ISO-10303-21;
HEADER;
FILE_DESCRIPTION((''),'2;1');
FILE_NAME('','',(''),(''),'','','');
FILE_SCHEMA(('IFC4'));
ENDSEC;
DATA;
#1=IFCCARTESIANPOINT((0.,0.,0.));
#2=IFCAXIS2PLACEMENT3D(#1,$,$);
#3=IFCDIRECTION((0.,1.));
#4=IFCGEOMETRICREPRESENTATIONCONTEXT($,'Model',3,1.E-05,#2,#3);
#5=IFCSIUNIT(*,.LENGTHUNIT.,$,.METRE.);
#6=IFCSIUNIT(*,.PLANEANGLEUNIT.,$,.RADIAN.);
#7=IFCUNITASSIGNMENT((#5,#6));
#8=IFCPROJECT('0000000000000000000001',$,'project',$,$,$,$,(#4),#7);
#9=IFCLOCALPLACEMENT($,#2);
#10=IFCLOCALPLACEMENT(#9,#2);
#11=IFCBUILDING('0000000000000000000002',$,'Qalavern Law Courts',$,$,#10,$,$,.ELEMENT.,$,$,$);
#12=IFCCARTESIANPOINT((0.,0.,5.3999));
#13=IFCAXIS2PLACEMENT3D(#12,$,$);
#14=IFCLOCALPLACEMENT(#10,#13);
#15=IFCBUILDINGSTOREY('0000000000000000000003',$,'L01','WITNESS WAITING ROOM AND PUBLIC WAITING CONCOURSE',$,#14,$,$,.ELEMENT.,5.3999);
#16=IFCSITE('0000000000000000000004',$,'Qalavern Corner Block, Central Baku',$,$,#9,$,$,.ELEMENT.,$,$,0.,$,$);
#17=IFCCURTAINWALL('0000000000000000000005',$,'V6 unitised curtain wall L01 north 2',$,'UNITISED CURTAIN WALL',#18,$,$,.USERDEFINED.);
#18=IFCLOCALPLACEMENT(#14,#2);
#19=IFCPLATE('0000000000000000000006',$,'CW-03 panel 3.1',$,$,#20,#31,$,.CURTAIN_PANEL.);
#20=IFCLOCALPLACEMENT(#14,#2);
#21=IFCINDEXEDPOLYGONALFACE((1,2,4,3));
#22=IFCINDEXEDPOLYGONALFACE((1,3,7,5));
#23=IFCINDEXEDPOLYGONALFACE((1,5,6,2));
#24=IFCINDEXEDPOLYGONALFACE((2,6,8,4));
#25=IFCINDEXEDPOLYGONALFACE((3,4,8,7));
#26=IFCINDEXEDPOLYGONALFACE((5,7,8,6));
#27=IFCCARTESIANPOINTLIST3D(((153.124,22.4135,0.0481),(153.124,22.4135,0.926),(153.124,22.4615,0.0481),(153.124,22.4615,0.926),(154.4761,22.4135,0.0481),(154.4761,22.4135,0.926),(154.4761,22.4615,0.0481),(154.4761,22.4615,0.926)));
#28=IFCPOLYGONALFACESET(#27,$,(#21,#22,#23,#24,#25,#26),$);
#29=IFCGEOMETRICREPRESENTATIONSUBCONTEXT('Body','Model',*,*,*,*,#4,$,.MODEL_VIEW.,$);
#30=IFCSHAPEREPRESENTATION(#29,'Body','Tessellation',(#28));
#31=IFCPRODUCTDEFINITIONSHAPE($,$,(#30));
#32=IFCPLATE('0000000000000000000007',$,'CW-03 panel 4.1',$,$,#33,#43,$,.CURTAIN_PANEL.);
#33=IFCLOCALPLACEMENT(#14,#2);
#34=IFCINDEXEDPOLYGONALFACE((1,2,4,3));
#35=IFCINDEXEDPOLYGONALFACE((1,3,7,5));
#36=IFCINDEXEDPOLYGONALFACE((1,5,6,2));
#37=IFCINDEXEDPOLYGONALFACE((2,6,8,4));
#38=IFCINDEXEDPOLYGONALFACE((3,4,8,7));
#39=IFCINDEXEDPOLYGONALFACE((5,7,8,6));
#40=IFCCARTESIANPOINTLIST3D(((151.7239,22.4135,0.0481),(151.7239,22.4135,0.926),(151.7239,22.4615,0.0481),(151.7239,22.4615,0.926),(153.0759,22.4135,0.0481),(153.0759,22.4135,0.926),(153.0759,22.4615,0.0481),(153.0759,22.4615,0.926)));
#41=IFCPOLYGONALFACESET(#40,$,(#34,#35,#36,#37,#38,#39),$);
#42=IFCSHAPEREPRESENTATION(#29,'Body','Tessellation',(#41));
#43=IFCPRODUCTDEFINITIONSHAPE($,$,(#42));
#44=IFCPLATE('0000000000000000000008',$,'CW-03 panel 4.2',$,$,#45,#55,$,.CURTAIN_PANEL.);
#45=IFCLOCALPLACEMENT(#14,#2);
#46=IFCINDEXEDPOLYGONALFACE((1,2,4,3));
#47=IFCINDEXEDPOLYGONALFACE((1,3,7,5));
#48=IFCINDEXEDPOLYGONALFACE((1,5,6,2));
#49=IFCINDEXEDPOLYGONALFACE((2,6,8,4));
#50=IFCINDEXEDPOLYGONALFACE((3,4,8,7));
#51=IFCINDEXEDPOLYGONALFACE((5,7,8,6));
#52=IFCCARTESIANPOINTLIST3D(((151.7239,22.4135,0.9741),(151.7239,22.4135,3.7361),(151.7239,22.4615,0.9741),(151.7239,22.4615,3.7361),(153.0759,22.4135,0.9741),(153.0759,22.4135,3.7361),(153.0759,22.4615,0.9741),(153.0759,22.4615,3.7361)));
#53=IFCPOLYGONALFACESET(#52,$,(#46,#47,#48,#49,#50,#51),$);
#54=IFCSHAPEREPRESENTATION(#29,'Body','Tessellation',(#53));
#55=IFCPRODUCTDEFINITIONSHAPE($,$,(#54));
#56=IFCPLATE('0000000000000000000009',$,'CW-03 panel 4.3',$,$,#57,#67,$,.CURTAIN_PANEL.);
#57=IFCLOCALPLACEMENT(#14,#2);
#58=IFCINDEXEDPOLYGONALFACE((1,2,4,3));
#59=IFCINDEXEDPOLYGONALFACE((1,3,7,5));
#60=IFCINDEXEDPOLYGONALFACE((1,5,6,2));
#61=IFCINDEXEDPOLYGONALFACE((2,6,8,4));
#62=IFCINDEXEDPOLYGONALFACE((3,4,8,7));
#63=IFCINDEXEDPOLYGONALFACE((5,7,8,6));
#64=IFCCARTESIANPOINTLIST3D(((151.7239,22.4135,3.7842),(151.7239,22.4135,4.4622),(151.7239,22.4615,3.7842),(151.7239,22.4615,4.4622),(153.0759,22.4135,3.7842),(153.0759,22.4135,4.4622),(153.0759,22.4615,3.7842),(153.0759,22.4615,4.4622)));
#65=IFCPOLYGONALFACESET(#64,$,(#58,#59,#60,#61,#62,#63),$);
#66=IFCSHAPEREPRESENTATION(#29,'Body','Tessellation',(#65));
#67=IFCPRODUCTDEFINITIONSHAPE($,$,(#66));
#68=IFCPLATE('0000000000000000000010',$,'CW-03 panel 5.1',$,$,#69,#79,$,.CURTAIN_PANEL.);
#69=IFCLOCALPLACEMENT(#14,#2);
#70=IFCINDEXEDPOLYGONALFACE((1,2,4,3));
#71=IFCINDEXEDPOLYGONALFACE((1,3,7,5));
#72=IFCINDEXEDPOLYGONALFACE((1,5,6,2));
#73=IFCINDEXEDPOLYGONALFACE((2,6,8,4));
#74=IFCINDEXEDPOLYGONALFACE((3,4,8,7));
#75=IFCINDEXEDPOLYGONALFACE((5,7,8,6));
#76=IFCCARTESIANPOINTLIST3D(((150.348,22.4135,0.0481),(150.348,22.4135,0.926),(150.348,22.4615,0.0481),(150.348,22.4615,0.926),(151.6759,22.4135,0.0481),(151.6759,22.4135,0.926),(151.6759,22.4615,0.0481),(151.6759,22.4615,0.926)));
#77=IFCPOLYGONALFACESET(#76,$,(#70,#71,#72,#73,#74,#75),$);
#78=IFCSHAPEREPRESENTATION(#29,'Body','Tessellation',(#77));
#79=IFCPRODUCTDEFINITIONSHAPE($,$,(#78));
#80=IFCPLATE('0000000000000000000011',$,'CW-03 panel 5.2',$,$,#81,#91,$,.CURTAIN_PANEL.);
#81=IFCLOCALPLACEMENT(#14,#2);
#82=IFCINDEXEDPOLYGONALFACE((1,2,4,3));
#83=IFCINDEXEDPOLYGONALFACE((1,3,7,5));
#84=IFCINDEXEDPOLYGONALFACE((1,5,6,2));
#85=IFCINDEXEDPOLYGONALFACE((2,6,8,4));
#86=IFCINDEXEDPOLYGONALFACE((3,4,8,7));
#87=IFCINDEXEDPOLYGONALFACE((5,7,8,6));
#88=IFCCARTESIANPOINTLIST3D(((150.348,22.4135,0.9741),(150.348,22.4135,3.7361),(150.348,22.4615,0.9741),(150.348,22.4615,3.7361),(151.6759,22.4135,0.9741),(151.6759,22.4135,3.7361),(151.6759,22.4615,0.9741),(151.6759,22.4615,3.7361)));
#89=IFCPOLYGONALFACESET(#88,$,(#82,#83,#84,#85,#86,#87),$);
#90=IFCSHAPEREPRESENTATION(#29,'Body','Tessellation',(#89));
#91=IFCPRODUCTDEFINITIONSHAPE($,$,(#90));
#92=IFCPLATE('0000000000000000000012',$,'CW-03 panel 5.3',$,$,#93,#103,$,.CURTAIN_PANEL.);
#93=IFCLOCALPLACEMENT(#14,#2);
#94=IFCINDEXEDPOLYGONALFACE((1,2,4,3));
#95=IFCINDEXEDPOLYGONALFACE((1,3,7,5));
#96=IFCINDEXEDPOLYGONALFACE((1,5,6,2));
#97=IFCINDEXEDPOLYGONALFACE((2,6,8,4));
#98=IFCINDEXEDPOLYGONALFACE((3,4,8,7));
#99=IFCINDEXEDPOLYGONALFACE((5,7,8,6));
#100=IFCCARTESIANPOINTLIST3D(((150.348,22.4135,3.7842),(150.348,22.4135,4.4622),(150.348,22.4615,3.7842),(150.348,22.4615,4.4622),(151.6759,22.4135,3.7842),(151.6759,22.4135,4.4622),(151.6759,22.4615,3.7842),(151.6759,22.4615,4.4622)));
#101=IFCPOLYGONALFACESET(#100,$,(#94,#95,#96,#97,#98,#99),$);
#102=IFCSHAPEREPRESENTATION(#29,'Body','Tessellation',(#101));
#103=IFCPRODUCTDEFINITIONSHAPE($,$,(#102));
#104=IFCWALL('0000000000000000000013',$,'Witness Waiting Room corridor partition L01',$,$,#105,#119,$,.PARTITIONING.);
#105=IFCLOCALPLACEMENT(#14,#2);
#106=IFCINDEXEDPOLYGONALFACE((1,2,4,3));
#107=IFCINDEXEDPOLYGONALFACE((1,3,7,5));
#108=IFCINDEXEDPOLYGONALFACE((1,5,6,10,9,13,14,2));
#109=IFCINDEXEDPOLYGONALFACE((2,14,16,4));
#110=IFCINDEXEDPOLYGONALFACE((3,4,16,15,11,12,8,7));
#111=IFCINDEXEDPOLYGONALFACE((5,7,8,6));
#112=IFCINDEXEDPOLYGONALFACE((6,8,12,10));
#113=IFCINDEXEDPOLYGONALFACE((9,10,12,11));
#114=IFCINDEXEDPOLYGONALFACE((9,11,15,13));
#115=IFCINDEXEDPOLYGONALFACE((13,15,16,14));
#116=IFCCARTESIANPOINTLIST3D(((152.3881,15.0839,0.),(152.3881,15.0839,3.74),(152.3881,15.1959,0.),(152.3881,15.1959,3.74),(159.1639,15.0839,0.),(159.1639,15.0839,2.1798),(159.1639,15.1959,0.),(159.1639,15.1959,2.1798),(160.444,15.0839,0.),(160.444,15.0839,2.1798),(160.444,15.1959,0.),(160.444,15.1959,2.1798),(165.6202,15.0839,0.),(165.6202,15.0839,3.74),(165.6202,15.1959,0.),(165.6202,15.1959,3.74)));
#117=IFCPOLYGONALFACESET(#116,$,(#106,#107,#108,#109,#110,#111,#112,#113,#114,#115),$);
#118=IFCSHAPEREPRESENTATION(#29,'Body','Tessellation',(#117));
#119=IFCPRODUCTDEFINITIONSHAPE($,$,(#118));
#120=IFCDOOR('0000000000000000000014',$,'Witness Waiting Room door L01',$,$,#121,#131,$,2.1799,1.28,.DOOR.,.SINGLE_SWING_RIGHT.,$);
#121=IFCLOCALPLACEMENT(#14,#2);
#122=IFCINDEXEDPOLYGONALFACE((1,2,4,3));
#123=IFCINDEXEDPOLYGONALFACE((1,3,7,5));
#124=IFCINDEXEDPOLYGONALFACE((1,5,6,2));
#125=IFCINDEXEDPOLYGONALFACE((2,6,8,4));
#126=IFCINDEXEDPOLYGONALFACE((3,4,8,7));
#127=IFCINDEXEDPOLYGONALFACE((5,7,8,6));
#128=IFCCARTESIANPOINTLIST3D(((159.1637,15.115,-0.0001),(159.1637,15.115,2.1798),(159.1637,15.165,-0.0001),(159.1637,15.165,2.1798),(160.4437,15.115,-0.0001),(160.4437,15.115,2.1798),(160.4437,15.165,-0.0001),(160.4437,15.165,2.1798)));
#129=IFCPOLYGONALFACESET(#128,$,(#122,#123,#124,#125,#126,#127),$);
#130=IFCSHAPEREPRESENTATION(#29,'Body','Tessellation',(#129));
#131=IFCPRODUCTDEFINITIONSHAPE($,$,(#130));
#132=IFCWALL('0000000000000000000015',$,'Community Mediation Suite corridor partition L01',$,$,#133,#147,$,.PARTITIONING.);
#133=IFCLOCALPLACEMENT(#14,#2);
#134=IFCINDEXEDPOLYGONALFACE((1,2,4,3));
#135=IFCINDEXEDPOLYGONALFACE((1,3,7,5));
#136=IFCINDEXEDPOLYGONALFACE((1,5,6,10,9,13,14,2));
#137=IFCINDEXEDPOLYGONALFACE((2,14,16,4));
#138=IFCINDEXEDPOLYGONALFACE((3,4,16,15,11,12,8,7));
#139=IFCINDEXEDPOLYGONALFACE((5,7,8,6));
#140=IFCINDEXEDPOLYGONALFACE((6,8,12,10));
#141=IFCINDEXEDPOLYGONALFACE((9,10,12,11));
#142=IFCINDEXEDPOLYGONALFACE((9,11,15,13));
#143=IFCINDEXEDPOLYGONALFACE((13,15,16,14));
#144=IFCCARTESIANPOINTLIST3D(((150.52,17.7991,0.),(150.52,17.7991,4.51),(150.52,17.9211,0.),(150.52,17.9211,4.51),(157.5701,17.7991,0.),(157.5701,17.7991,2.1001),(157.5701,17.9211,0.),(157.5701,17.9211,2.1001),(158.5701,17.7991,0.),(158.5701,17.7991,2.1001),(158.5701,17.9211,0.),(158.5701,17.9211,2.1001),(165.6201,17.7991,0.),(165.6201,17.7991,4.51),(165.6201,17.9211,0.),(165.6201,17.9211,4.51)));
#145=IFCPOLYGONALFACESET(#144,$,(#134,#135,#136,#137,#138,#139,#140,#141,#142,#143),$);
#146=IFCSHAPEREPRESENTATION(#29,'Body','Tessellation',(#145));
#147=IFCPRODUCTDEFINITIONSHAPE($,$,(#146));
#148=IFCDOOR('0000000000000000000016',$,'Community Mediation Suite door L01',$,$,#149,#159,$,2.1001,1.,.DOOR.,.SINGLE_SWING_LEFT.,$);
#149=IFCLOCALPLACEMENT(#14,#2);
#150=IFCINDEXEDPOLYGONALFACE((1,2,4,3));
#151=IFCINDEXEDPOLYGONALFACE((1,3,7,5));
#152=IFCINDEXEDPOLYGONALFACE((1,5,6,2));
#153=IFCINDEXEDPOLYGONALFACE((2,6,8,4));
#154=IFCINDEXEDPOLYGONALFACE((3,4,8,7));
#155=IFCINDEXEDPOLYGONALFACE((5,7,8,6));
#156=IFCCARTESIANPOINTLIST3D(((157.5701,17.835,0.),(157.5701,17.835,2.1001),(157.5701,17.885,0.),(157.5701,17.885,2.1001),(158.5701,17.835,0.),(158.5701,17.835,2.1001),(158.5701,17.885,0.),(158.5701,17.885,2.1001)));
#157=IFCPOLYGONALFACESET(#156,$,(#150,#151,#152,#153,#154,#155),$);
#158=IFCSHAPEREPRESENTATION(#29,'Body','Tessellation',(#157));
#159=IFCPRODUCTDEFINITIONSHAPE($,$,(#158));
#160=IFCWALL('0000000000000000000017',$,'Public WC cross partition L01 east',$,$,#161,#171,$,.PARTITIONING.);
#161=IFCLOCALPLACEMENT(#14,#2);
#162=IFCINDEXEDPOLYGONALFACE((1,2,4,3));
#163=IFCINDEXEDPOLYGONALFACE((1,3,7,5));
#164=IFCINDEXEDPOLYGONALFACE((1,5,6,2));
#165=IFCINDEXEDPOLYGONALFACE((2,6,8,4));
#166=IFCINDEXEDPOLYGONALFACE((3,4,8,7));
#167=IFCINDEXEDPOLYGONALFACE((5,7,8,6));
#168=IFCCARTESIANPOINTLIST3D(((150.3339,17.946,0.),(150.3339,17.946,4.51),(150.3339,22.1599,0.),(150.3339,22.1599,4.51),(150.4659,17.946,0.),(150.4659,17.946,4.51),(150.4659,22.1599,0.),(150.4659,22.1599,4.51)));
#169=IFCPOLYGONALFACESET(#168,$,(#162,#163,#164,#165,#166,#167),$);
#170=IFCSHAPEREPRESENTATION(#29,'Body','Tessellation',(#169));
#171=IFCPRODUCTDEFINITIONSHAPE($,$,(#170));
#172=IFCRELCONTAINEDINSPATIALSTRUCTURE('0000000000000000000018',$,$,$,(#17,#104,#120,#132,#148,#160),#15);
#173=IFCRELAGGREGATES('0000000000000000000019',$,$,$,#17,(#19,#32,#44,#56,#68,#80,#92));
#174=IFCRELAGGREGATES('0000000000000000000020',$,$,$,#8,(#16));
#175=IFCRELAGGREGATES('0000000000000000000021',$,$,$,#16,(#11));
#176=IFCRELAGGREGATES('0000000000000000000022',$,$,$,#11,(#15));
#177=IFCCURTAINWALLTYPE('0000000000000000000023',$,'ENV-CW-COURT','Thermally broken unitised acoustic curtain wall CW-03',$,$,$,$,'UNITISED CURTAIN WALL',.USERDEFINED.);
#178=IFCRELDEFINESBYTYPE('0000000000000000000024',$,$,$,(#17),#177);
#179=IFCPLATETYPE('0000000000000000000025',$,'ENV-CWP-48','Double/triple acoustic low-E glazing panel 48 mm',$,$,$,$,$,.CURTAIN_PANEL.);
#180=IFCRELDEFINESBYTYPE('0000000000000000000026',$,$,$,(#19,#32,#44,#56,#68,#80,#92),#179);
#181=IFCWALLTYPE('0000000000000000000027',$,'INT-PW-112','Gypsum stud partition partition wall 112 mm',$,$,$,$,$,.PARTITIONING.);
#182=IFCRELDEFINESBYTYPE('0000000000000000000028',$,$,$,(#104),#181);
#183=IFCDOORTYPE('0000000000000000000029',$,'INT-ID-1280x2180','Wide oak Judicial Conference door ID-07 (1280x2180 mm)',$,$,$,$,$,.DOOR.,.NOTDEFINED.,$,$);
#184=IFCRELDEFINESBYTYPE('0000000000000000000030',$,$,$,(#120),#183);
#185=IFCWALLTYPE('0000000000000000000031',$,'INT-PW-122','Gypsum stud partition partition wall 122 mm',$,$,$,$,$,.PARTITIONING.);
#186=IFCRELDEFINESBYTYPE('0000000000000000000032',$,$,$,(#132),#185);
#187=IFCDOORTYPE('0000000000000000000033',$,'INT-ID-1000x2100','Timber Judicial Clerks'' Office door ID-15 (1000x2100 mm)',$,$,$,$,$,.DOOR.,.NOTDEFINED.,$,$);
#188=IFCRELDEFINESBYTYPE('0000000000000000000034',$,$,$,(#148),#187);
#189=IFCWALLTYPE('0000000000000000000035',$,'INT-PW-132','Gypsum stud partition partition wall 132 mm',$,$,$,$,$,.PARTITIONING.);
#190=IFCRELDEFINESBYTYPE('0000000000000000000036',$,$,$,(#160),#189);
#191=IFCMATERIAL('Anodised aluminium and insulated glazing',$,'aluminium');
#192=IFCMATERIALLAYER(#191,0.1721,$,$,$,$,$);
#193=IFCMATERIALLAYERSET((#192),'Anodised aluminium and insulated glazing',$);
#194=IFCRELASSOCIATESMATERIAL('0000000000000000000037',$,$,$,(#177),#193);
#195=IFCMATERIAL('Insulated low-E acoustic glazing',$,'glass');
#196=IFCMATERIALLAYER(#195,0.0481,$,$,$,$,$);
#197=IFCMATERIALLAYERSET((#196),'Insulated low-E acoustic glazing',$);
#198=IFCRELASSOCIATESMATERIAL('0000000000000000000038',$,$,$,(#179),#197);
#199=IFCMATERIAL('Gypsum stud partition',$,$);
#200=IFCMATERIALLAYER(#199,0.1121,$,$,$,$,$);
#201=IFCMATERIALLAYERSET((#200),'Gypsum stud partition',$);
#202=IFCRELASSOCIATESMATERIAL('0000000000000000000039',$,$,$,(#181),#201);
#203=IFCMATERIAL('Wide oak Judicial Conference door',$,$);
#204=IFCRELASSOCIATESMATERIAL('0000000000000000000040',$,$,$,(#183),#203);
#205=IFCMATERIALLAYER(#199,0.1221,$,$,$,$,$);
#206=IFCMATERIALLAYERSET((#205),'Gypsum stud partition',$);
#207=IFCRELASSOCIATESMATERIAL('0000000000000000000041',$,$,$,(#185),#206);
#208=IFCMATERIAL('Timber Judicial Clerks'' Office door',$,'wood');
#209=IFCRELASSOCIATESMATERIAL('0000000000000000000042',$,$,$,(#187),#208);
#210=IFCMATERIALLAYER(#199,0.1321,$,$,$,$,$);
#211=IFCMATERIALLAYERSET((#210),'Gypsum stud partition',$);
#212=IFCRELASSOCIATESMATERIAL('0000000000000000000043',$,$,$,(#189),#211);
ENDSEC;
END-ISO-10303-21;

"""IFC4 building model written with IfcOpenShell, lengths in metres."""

from ifc_helpers import new_model, si_unit, direction, frame, frame_2d, origin, origin_2d, place, context, subcontext, project, spatial, rectangle, extrude, material, layer, layer_set, type_object, element, fill, aggregate, save


model = new_model("IFC4")

# Units and contexts
model_context = context("Model", 3, precision=1e-05, world=origin(), true_north=direction((0.0, 1.0)))
body_context = subcontext(model_context, "Body", "Model", "MODEL_VIEW")
ifc_project = project(units=[si_unit("LENGTHUNIT", "METRE"), si_unit("PLANEANGLEUNIT", "RADIAN")], contexts=[model_context])

# Site, building, storey
site_placement = place(None, origin())
site = spatial("IfcSite", under=ifc_project, at=site_placement, Name="Qalavern Corner Block, Central Baku", CompositionType="ELEMENT", RefElevation=0.0)
building_placement = place(site_placement, origin())
building = spatial("IfcBuilding", under=site, at=building_placement, Name="Qalavern Law Courts", CompositionType="ELEMENT")
storey_placement = place(building_placement, frame((0.0, 0.0, 5.3999)))
storey = spatial("IfcBuildingStorey", under=building, at=storey_placement, Name="L01", Description="WITNESS WAITING ROOM AND PUBLIC WAITING CONCOURSE", CompositionType="ELEMENT", Elevation=5.3999)

# Curtain wall, plates
ifc_material_1 = material(Name="Anodised aluminium and insulated glazing", Category="aluminium")
ifc_layer_1 = layer(ifc_material_1, 0.1721)
ifc_layer_set_1 = layer_set([ifc_layer_1], Name="Anodised aluminium and insulated glazing")
curtain_wall_type = type_object("IfcCurtainWallType", Name="ENV-CW-COURT", Description="Thermally broken unitised acoustic curtain wall CW-03", ElementType="UNITISED CURTAIN WALL", PredefinedType="USERDEFINED", material=ifc_layer_set_1)
curtain_wall_placement = place(storey_placement, origin())
curtain_wall = element("IfcCurtainWall", 1, at=curtain_wall_placement, inside=storey, type_object=curtain_wall_type, Name="V6 unitised curtain wall L01 north 2", ObjectType="UNITISED CURTAIN WALL", PredefinedType="USERDEFINED")
ifc_material_2 = material(Name="Insulated low-E acoustic glazing", Category="glass")
ifc_layer_2 = layer(ifc_material_2, 0.0481)
ifc_layer_set_2 = layer_set([ifc_layer_2], Name="Insulated low-E acoustic glazing")
plate_type = type_object("IfcPlateType", Name="ENV-CWP-48", Description="Double/triple acoustic low-E glazing panel 48 mm", PredefinedType="CURTAIN_PANEL", material=ifc_layer_set_2)
plate_1_placement = place(storey_placement, frame((153.8, 22.4375, 0.0481), z_axis=(0.0, 0.0, 1.0), x_axis=(-1.0, 0.0, 0.0)))
plate_1 = element("IfcPlate", 2, at=plate_1_placement, type_object=plate_type, Name="CW-03 panel 3.1", PredefinedType="CURTAIN_PANEL", context=body_context, shape_type="SweptSolid", body=[
    extrude(rectangle(XDim=1.3521, YDim=0.0481, at=origin_2d()), origin(), (0.0, 0.0, 1.0), 0.8779),
])
plate_2_placement = place(storey_placement, frame((152.3999, 22.4375, 0.0481), z_axis=(0.0, 0.0, 1.0), x_axis=(-1.0, 0.0, 0.0)))
plate_2 = element("IfcPlate", 3, at=plate_2_placement, type_object=plate_type, Name="CW-03 panel 4.1", PredefinedType="CURTAIN_PANEL", context=body_context, shape_type="SweptSolid", body=[
    extrude(rectangle(XDim=1.3521, YDim=0.0481, at=origin_2d()), origin(), (0.0, 0.0, 1.0), 0.8779),
])
plate_3_placement = place(storey_placement, frame((152.3999, 22.4375, 0.9741), z_axis=(0.0, 0.0, 1.0), x_axis=(-1.0, 0.0, 0.0)))
plate_3 = element("IfcPlate", 4, at=plate_3_placement, type_object=plate_type, Name="CW-03 panel 4.2", PredefinedType="CURTAIN_PANEL", context=body_context, shape_type="SweptSolid", body=[
    extrude(rectangle(XDim=1.3521, YDim=0.0481, at=origin_2d()), origin(), (0.0, 0.0, 1.0), 2.762),
])
plate_4_placement = place(storey_placement, frame((152.3999, 22.4375, 3.7842), z_axis=(0.0, 0.0, 1.0), x_axis=(-1.0, 0.0, 0.0)))
plate_4 = element("IfcPlate", 5, at=plate_4_placement, type_object=plate_type, Name="CW-03 panel 4.3", PredefinedType="CURTAIN_PANEL", context=body_context, shape_type="SweptSolid", body=[
    extrude(rectangle(XDim=1.3521, YDim=0.0481, at=origin_2d()), origin(), (0.0, 0.0, 1.0), 0.678),
])
plate_5_placement = place(storey_placement, frame((151.012, 22.4375, 0.0481), z_axis=(0.0, 0.0, 1.0), x_axis=(-1.0, 0.0, 0.0)))
plate_5 = element("IfcPlate", 6, at=plate_5_placement, type_object=plate_type, Name="CW-03 panel 5.1", PredefinedType="CURTAIN_PANEL", context=body_context, shape_type="SweptSolid", body=[
    extrude(rectangle(XDim=1.3279, YDim=0.0481, at=origin_2d()), origin(), (0.0, 0.0, 1.0), 0.8779),
])
plate_6_placement = place(storey_placement, frame((151.012, 22.4375, 0.9741), z_axis=(0.0, 0.0, 1.0), x_axis=(-1.0, 0.0, 0.0)))
plate_6 = element("IfcPlate", 7, at=plate_6_placement, type_object=plate_type, Name="CW-03 panel 5.2", PredefinedType="CURTAIN_PANEL", context=body_context, shape_type="SweptSolid", body=[
    extrude(rectangle(XDim=1.3279, YDim=0.0481, at=origin_2d()), origin(), (0.0, 0.0, 1.0), 2.762),
])
plate_7_placement = place(storey_placement, frame((151.012, 22.4375, 3.7842), z_axis=(0.0, 0.0, 1.0), x_axis=(-1.0, 0.0, 0.0)))
plate_7 = element("IfcPlate", 8, at=plate_7_placement, type_object=plate_type, Name="CW-03 panel 5.3", PredefinedType="CURTAIN_PANEL", context=body_context, shape_type="SweptSolid", body=[
    extrude(rectangle(XDim=1.3279, YDim=0.0481, at=origin_2d()), origin(), (0.0, 0.0, 1.0), 0.678),
])
aggregate(curtain_wall, [plate_1, plate_2, plate_3, plate_4, plate_5, plate_6, plate_7])

# Walls, openings, doors
ifc_material_3 = material(Name="Gypsum stud partition")
ifc_layer_3 = layer(ifc_material_3, 0.1121)
ifc_layer_set_3 = layer_set([ifc_layer_3], Name="Gypsum stud partition")
wall_type_1 = type_object("IfcWallType", Name="INT-PW-112", Description="Gypsum stud partition partition wall 112 mm", PredefinedType="PARTITIONING", material=ifc_layer_set_3)
wall_1_placement = place(storey_placement, frame((152.3879, 15.1399, 0.0), z_axis=(0.0, 0.0, 1.0), x_axis=(1.0, 0.0, 0.0)))
wall_1 = element("IfcWall", 9, at=wall_1_placement, inside=storey, type_object=wall_type_1, Name="Witness Waiting Room corridor partition L01", PredefinedType="PARTITIONING", context=body_context, shape_type="SweptSolid", body=[
    extrude(rectangle(XDim=13.2322, YDim=0.1121, at=frame_2d((6.6162, 0.0))), origin(), (0.0, 0.0, 1.0), 3.74),
])
opening_1_placement = place(wall_1_placement, frame((6.7759, 0.0, 0.0)))
opening_1 = element("IfcOpeningElement", 10, at=opening_1_placement, cuts=wall_1, PredefinedType="OPENING", context=body_context, shape_type="SweptSolid", body=[
    extrude(rectangle(XDim=1.28, YDim=2.1799, at=frame_2d((0.6401, 1.0898))), frame((0.0, 0.0708, 0.0), z_axis=(0.0, -1.0, 0.0), x_axis=(1.0, 0.0, 0.0)), (0.0, 0.0, 1.0), 0.1418),
])
ifc_material_4 = material(Name="Wide oak Judicial Conference door")
door_type_1 = type_object("IfcDoorType", Name="INT-ID-1280x2180", Description="Wide oak Judicial Conference door ID-07 (1280x2180 mm)", OperationType="NOTDEFINED", PredefinedType="DOOR", material=ifc_material_4)
door_1_placement = place(opening_1_placement, frame((1.28, 0.0, 0.0), z_axis=(0.0, 0.0, 1.0), x_axis=(-1.0, 0.0, 0.0)))
door_1 = element("IfcDoor", 11, at=door_1_placement, inside=storey, type_object=door_type_1, Name="Witness Waiting Room door L01", OperationType="SINGLE_SWING_RIGHT", OverallHeight=2.1799, OverallWidth=1.28, PredefinedType="DOOR", context=body_context, shape_type="SweptSolid", body=[
    extrude(rectangle(XDim=1.28, YDim=2.1799, at=frame_2d((0.6401, 1.0898))), frame((0.0, 0.0249, 0.0), z_axis=(0.0, -1.0, 0.0), x_axis=(1.0, 0.0, 0.0)), (0.0, 0.0, 1.0), 0.05),
])
fill(opening_1, door_1)
ifc_layer_4 = layer(ifc_material_3, 0.1221)
ifc_layer_set_4 = layer_set([ifc_layer_4], Name="Gypsum stud partition")
wall_type_2 = type_object("IfcWallType", Name="INT-PW-122", Description="Gypsum stud partition partition wall 122 mm", PredefinedType="PARTITIONING", material=ifc_layer_set_4)
wall_2_placement = place(storey_placement, frame((150.52, 17.8601, 0.0), z_axis=(0.0, 0.0, 1.0), x_axis=(1.0, 0.0, 0.0)))
wall_2 = element("IfcWall", 12, at=wall_2_placement, inside=storey, type_object=wall_type_2, Name="Community Mediation Suite corridor partition L01", PredefinedType="PARTITIONING", context=body_context, shape_type="SweptSolid", body=[
    extrude(rectangle(XDim=15.1001, YDim=0.1221, at=frame_2d((7.55, 0.0))), origin(), (0.0, 0.0, 1.0), 4.51),
])
opening_2_placement = place(wall_2_placement, frame((7.05, 0.0, 0.0)))
opening_2 = element("IfcOpeningElement", 13, at=opening_2_placement, cuts=wall_2, PredefinedType="OPENING", context=body_context, shape_type="SweptSolid", body=[
    extrude(rectangle(XDim=1.0, YDim=2.1001, at=frame_2d((0.5, 1.05))), frame((0.0, 0.0759, 0.0), z_axis=(0.0, -1.0, 0.0), x_axis=(1.0, 0.0, 0.0)), (0.0, 0.0, 1.0), 0.1519),
])
ifc_material_5 = material(Name="Timber Judicial Clerks' Office door", Category="wood")
door_type_2 = type_object("IfcDoorType", Name="INT-ID-1000x2100", Description="Timber Judicial Clerks' Office door ID-15 (1000x2100 mm)", OperationType="NOTDEFINED", PredefinedType="DOOR", material=ifc_material_5)
door_2_placement = place(opening_2_placement, origin())
door_2 = element("IfcDoor", 14, at=door_2_placement, inside=storey, type_object=door_type_2, Name="Community Mediation Suite door L01", OperationType="SINGLE_SWING_LEFT", OverallHeight=2.1001, OverallWidth=1.0, PredefinedType="DOOR", context=body_context, shape_type="SweptSolid", body=[
    extrude(rectangle(XDim=1.0, YDim=2.1001, at=frame_2d((0.5, 1.05))), frame((0.0, 0.0249, 0.0), z_axis=(0.0, -1.0, 0.0), x_axis=(1.0, 0.0, 0.0)), (0.0, 0.0, 1.0), 0.05),
])
fill(opening_2, door_2)

# Wall
ifc_layer_5 = layer(ifc_material_3, 0.1321)
ifc_layer_set_5 = layer_set([ifc_layer_5], Name="Gypsum stud partition")
wall_type_3 = type_object("IfcWallType", Name="INT-PW-132", Description="Gypsum stud partition partition wall 132 mm", PredefinedType="PARTITIONING", material=ifc_layer_set_5)
wall_3_placement = place(storey_placement, frame((150.3999, 17.946, 0.0), z_axis=(0.0, 0.0, 1.0), x_axis=(0.0, 1.0, 0.0)))
element("IfcWall", 15, at=wall_3_placement, inside=storey, type_object=wall_type_3, Name="Public WC cross partition L01 east", PredefinedType="PARTITIONING", context=body_context, shape_type="SweptSolid", body=[
    extrude(rectangle(XDim=4.2139, YDim=0.1321, at=frame_2d((2.1069, 0.0))), origin(), (0.0, 0.0, 1.0), 4.51),
])

save(model, "model.ifc")
